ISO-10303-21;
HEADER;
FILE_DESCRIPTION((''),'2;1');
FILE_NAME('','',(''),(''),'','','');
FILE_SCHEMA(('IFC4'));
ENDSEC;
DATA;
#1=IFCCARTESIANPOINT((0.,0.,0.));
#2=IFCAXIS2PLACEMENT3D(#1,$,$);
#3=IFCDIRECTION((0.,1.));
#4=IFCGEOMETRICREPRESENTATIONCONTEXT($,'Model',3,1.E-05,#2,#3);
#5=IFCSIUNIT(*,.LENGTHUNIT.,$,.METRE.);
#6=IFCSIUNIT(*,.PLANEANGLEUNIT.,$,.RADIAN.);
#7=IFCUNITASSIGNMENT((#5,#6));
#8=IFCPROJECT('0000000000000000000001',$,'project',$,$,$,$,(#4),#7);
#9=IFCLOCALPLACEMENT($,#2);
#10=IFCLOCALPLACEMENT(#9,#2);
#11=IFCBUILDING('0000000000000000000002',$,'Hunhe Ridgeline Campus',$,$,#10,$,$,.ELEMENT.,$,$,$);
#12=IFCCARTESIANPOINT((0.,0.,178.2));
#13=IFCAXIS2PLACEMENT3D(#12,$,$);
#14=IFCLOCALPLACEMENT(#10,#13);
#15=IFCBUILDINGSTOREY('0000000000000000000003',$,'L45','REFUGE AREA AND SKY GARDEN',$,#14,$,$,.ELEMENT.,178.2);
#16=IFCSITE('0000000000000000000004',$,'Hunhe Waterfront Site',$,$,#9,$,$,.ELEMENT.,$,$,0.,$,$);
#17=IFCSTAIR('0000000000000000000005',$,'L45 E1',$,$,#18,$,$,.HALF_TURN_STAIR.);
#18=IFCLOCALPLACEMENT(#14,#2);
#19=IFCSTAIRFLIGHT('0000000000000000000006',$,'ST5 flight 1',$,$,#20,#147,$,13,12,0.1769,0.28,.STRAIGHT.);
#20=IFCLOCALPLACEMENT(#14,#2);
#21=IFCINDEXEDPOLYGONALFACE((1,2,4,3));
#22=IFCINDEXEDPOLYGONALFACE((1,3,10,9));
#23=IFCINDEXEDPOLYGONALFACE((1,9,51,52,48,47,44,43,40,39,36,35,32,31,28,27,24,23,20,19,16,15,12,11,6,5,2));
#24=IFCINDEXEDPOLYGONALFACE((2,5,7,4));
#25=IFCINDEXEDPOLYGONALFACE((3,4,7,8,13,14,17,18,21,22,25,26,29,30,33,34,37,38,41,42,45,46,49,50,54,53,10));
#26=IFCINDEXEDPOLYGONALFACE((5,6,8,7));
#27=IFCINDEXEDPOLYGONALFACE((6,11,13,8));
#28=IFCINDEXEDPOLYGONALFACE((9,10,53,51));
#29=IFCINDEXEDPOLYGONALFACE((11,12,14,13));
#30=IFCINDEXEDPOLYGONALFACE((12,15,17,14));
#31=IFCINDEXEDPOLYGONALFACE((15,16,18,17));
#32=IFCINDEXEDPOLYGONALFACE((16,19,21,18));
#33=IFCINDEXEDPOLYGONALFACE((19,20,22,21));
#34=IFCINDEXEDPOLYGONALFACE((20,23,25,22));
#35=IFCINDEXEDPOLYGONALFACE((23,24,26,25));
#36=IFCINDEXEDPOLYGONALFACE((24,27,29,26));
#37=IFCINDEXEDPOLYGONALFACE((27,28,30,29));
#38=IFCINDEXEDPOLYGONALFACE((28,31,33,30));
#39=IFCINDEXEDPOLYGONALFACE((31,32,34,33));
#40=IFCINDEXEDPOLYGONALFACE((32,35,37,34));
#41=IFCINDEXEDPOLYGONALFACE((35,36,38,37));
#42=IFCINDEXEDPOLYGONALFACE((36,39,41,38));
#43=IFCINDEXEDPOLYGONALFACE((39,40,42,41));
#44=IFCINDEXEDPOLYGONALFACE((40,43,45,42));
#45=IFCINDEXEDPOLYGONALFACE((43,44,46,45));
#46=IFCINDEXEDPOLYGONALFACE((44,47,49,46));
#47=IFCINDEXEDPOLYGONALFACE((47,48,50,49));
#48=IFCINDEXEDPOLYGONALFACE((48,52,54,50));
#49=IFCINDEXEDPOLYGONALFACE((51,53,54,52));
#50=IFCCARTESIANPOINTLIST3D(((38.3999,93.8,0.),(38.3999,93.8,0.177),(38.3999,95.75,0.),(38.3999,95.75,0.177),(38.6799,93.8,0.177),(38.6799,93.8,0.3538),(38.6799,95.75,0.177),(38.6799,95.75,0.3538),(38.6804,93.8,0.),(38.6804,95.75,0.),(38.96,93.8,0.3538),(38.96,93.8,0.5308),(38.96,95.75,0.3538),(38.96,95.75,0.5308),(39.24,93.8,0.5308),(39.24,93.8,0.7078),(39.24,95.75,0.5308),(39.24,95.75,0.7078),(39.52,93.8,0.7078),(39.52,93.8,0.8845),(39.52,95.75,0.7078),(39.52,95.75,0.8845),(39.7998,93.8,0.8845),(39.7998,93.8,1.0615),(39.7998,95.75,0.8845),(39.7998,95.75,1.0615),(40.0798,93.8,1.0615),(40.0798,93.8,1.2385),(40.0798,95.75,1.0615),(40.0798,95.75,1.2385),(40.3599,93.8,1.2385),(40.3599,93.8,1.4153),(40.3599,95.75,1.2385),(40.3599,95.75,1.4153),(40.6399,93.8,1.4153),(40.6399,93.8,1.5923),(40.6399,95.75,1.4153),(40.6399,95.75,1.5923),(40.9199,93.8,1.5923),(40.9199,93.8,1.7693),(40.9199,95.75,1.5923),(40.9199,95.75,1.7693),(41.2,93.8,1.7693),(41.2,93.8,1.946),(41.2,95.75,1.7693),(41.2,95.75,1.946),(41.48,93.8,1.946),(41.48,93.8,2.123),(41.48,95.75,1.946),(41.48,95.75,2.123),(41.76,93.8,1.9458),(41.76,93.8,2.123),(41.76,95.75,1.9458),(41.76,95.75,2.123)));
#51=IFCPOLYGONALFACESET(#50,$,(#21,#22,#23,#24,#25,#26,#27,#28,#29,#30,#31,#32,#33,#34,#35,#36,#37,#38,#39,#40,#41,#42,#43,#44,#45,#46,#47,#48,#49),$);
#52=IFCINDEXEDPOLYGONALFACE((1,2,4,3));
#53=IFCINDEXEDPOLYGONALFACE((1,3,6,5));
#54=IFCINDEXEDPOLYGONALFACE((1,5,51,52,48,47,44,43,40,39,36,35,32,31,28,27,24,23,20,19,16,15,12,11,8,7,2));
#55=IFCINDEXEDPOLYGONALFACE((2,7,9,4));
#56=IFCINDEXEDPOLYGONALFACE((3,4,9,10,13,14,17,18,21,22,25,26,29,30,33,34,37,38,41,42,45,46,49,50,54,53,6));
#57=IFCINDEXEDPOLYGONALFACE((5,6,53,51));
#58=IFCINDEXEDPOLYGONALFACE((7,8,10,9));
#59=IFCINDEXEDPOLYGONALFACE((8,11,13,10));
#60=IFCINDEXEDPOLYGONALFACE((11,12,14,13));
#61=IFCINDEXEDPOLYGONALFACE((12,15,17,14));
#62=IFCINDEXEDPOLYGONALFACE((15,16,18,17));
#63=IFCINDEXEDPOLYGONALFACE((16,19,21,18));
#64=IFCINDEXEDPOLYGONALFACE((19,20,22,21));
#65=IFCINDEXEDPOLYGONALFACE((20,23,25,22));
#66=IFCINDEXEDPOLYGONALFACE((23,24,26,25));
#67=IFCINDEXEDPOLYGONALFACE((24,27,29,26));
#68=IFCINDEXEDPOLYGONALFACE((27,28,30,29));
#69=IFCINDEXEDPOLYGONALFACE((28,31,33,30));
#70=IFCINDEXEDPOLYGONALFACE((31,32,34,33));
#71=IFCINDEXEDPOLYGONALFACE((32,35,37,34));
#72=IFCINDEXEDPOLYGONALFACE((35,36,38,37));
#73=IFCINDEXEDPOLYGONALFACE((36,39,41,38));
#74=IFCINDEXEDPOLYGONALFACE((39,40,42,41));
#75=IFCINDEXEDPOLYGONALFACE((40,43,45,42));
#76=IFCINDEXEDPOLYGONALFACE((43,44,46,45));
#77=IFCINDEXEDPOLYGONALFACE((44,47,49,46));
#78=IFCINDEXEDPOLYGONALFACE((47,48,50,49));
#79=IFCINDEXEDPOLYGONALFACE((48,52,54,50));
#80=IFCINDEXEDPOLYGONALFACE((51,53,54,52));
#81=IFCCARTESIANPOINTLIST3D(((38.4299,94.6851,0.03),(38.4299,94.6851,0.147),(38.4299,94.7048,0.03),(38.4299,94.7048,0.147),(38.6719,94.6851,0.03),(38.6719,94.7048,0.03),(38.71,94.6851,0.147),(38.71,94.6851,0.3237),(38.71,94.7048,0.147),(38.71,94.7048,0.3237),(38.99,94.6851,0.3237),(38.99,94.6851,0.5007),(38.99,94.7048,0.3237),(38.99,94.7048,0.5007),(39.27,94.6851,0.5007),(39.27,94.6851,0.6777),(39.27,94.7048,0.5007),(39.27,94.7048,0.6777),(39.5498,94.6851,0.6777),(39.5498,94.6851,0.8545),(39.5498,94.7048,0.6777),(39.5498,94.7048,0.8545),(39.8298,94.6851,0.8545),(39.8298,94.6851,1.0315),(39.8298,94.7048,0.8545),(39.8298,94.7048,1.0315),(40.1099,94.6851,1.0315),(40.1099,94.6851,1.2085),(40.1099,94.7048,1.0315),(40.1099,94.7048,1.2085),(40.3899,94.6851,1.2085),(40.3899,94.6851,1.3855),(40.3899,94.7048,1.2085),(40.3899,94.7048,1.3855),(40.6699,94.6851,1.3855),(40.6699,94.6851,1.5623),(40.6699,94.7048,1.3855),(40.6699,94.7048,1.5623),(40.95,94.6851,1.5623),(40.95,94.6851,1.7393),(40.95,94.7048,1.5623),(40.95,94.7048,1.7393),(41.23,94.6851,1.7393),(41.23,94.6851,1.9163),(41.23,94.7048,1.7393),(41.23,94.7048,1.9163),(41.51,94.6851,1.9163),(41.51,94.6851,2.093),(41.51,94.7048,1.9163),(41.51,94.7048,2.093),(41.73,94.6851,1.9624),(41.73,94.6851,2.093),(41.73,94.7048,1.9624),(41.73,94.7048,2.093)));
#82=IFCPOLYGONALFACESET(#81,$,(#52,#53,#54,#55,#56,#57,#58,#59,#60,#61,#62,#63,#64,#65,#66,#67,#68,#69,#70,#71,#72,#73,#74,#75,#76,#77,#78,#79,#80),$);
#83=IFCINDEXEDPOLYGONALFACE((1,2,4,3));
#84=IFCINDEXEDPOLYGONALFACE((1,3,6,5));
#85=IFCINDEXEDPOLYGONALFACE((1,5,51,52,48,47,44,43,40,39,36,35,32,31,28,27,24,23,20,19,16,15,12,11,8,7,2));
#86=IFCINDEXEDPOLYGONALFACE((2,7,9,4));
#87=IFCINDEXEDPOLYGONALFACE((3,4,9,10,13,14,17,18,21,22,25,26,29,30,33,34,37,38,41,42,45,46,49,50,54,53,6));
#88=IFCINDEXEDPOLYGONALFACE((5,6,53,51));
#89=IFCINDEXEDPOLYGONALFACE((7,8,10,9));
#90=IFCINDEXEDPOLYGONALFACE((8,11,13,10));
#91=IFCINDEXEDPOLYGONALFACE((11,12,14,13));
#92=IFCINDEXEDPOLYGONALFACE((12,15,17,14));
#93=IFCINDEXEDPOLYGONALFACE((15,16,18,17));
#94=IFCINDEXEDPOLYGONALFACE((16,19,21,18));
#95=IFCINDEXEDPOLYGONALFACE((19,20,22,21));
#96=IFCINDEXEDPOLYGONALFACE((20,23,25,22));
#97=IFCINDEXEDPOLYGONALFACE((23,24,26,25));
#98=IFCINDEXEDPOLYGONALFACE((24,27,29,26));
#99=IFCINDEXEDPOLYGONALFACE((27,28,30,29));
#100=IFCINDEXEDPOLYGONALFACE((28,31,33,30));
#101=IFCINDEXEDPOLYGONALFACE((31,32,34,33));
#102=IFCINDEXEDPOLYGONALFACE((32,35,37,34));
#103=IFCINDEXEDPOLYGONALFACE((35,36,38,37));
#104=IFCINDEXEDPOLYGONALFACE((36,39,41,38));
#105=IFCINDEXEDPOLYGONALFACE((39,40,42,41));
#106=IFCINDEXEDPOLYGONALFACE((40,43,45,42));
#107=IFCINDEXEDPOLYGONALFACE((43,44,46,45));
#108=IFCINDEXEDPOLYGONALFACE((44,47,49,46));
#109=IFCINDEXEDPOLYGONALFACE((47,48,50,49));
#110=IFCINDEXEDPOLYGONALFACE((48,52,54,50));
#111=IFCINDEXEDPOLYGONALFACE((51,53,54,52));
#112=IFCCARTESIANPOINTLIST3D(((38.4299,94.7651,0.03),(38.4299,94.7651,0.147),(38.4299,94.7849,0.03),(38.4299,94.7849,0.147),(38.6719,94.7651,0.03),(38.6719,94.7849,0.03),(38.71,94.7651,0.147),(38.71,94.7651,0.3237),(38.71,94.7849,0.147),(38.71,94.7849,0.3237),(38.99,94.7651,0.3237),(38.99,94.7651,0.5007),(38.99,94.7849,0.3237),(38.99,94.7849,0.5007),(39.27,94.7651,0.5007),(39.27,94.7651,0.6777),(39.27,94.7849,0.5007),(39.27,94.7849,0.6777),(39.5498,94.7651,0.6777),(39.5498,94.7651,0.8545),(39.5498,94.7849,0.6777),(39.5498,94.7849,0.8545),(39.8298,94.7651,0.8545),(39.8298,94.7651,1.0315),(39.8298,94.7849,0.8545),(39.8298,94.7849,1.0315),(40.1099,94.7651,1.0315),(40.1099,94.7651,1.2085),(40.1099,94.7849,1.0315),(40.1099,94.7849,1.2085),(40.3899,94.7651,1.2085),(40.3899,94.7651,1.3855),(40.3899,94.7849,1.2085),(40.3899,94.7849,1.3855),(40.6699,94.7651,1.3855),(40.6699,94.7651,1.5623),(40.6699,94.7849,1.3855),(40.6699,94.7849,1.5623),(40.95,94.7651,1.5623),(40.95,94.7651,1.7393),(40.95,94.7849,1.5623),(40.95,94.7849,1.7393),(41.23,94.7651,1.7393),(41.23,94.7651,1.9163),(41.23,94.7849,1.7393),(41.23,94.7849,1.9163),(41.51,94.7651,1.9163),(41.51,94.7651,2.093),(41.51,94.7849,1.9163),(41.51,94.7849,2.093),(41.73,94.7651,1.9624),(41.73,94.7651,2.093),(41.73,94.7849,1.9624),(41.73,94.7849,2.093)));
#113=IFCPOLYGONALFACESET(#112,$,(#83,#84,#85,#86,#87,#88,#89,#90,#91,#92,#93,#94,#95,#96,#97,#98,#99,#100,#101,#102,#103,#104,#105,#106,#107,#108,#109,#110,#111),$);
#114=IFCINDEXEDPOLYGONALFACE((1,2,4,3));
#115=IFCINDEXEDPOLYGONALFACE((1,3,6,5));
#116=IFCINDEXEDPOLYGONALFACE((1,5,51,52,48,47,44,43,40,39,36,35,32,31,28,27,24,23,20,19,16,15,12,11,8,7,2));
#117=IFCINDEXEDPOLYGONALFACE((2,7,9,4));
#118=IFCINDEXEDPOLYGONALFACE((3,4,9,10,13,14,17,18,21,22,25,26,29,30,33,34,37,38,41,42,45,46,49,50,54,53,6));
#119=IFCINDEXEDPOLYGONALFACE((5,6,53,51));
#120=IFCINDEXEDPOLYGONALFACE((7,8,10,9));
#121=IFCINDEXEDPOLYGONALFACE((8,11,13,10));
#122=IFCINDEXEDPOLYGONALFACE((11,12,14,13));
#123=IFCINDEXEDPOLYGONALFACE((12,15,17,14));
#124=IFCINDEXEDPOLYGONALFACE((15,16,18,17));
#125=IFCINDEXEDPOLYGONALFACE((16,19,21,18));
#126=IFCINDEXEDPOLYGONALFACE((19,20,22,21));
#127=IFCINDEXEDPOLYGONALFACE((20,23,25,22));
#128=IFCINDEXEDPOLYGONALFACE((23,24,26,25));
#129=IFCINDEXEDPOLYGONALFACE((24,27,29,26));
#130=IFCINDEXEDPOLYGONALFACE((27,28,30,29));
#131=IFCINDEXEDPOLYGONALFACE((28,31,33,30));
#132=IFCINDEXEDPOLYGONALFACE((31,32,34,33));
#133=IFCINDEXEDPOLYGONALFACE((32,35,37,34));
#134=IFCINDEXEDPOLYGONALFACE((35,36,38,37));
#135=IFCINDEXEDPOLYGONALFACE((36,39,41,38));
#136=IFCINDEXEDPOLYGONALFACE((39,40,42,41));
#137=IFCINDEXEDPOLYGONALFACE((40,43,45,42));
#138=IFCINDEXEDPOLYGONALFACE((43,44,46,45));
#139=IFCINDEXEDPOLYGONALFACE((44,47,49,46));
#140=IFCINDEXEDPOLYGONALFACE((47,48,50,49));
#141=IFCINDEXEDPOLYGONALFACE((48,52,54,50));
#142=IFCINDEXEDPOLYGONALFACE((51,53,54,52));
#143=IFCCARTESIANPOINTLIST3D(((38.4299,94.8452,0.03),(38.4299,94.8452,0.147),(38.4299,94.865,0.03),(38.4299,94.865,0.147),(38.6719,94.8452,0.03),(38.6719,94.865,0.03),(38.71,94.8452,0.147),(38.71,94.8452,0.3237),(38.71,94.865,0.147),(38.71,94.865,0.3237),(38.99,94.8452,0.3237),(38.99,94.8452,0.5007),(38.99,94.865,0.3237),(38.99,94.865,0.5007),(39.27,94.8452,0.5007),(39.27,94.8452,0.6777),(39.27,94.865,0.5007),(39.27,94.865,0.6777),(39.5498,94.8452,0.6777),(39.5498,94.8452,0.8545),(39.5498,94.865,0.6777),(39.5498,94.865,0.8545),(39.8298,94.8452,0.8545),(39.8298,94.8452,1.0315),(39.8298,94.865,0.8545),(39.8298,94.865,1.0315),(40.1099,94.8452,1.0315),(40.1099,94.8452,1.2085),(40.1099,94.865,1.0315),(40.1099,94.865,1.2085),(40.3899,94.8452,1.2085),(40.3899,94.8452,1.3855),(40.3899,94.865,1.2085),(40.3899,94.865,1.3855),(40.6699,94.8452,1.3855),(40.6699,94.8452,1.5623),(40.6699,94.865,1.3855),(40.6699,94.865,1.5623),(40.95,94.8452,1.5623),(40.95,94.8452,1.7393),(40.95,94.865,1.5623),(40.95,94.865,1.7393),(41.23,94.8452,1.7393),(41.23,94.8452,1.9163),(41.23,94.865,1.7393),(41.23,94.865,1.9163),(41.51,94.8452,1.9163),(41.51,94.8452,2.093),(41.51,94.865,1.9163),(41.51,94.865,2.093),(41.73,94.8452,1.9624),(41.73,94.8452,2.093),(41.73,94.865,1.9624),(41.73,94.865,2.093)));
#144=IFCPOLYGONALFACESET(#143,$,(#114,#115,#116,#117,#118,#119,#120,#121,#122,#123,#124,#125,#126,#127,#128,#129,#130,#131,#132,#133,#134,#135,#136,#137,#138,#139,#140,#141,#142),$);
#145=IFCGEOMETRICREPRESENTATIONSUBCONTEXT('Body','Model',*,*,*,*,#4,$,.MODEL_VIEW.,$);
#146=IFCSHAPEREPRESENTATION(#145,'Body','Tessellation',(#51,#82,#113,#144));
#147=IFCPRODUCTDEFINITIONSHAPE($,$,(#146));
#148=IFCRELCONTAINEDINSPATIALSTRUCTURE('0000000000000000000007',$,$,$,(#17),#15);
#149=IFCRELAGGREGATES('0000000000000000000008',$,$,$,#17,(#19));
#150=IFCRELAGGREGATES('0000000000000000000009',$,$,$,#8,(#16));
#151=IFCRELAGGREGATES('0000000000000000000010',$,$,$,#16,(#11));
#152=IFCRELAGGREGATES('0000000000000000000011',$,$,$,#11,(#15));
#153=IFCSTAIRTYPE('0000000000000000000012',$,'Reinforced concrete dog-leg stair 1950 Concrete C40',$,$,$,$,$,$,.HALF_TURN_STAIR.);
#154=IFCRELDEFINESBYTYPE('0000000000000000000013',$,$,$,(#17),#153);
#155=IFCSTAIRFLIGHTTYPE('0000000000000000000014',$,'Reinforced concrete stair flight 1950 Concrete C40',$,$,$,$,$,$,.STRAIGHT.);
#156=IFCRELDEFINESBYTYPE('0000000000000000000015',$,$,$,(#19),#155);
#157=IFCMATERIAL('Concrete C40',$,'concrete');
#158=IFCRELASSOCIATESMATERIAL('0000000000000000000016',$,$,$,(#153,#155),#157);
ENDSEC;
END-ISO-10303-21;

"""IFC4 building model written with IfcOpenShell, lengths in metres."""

from ifc_helpers import new_model, si_unit, direction, frame, origin, place, context, subcontext, project, spatial, polyline, outline, extrude, material, type_object, element, aggregate, save


model = new_model("IFC4")

# Units and contexts
model_context = context("Model", 3, precision=1e-05, world=origin(), true_north=direction((0.0, 1.0)))
body_context = subcontext(model_context, "Body", "Model", "MODEL_VIEW")
ifc_project = project(units=[si_unit("LENGTHUNIT", "METRE"), si_unit("PLANEANGLEUNIT", "RADIAN")], contexts=[model_context])

# Site, building, storey
site_placement = place(None, origin())
site = spatial("IfcSite", under=ifc_project, at=site_placement, Name="Hunhe Waterfront Site", CompositionType="ELEMENT", RefElevation=0.0)
building_placement = place(site_placement, origin())
building = spatial("IfcBuilding", under=site, at=building_placement, Name="Hunhe Ridgeline Campus", CompositionType="ELEMENT")
storey_placement = place(building_placement, frame((0.0, 0.0, 178.2)))
storey = spatial("IfcBuildingStorey", under=building, at=storey_placement, Name="L45", Description="REFUGE AREA AND SKY GARDEN", CompositionType="ELEMENT", Elevation=178.2)

# Stair, stair flight
ifc_material_1 = material(Name="Concrete C40", Category="concrete")
stair_type = type_object("IfcStairType", Name="Reinforced concrete dog-leg stair 1950 Concrete C40", PredefinedType="HALF_TURN_STAIR", material=ifc_material_1)
stair_placement = place(storey_placement, origin())
stair = element("IfcStair", 1, at=stair_placement, inside=storey, type_object=stair_type, Name="L45 E1", PredefinedType="HALF_TURN_STAIR")
stair_flight_type = type_object("IfcStairFlightType", Name="Reinforced concrete stair flight 1950 Concrete C40", PredefinedType="STRAIGHT", material=ifc_material_1)
stair_flight_1_placement = place(storey_placement, frame((38.3999, 94.7749, 0.0), z_axis=(0.0, 0.0, 1.0), x_axis=(1.0, 0.0, 0.0)))
stair_flight_1 = element("IfcStairFlight", 2, at=stair_flight_1_placement, type_object=stair_flight_type, Name="ST5 flight 1", NumberOfRisers=13, NumberOfTreads=12, PredefinedType="STRAIGHT", RiserHeight=0.1769, TreadLength=0.28, context=body_context, shape_type="SweptSolid", body=[
    extrude(outline(polyline([(0.0, 0.0), (0.0, 0.177), (0.28, 0.177), (0.28, 0.3538), (0.5601, 0.3538), (0.5601, 0.5308), (0.8401, 0.5308), (0.8401, 0.7078), (1.1201, 0.7078), (1.1201, 0.8845), (1.3999, 0.8845), (1.3999, 1.0615), (1.6799, 1.0615), (1.6799, 1.2385), (1.96, 1.2385), (1.96, 1.4153), (2.24, 1.4153), (2.24, 1.5923), (2.52, 1.5923), (2.52, 1.7693), (2.8, 1.7693), (2.8, 1.946), (3.0801, 1.946), (3.0801, 2.123), (3.3601, 2.123), (3.3601, 2.3), (3.3601, 1.9458), (0.2805, 0.0), (0.0, 0.0)])), frame((0.0, 0.9751, 0.0), z_axis=(0.0, -1.0, 0.0), x_axis=(1.0, 0.0, 0.0)), (0.0, 0.0, 1.0), 1.95),
    extrude(outline(polyline([(0.03, 0.03), (0.03, 0.147), (0.3101, 0.147), (0.3101, 0.3237), (0.5901, 0.3237), (0.5901, 0.5007), (0.8701, 0.5007), (0.8701, 0.6777), (1.1499, 0.6777), (1.1499, 0.8545), (1.4299, 0.8545), (1.4299, 1.0315), (1.71, 1.0315), (1.71, 1.2085), (1.99, 1.2085), (1.99, 1.3855), (2.27, 1.3855), (2.27, 1.5623), (2.55, 1.5623), (2.55, 1.7393), (2.8301, 1.7393), (2.8301, 1.9163), (3.1101, 1.9163), (3.1101, 2.093), (3.3301, 2.093), (3.3301, 1.9624), (0.272, 0.03), (0.03, 0.03)])), frame((0.0, -0.0701, 0.0), z_axis=(0.0, -1.0, 0.0), x_axis=(1.0, 0.0, 0.0)), (0.0, 0.0, 1.0), 0.0198),
    extrude(outline(polyline([(0.03, 0.03), (0.03, 0.147), (0.3101, 0.147), (0.3101, 0.3237), (0.5901, 0.3237), (0.5901, 0.5007), (0.8701, 0.5007), (0.8701, 0.6777), (1.1499, 0.6777), (1.1499, 0.8545), (1.4299, 0.8545), (1.4299, 1.0315), (1.71, 1.0315), (1.71, 1.2085), (1.99, 1.2085), (1.99, 1.3855), (2.27, 1.3855), (2.27, 1.5623), (2.55, 1.5623), (2.55, 1.7393), (2.8301, 1.7393), (2.8301, 1.9163), (3.1101, 1.9163), (3.1101, 2.093), (3.3301, 2.093), (3.3301, 1.9624), (0.272, 0.03), (0.03, 0.03)])), frame((0.0, 0.01, 0.0), z_axis=(0.0, -1.0, 0.0), x_axis=(1.0, 0.0, 0.0)), (0.0, 0.0, 1.0), 0.0198),
    extrude(outline(polyline([(0.03, 0.03), (0.03, 0.147), (0.3101, 0.147), (0.3101, 0.3237), (0.5901, 0.3237), (0.5901, 0.5007), (0.8701, 0.5007), (0.8701, 0.6777), (1.1499, 0.6777), (1.1499, 0.8545), (1.4299, 0.8545), (1.4299, 1.0315), (1.71, 1.0315), (1.71, 1.2085), (1.99, 1.2085), (1.99, 1.3855), (2.27, 1.3855), (2.27, 1.5623), (2.55, 1.5623), (2.55, 1.7393), (2.8301, 1.7393), (2.8301, 1.9163), (3.1101, 1.9163), (3.1101, 2.093), (3.3301, 2.093), (3.3301, 1.9624), (0.272, 0.03), (0.03, 0.03)])), frame((0.0, 0.0901, 0.0), z_axis=(0.0, -1.0, 0.0), x_axis=(1.0, 0.0, 0.0)), (0.0, 0.0, 1.0), 0.0198),
])
aggregate(stair, [stair_flight_1])

save(model, "model.ifc")
